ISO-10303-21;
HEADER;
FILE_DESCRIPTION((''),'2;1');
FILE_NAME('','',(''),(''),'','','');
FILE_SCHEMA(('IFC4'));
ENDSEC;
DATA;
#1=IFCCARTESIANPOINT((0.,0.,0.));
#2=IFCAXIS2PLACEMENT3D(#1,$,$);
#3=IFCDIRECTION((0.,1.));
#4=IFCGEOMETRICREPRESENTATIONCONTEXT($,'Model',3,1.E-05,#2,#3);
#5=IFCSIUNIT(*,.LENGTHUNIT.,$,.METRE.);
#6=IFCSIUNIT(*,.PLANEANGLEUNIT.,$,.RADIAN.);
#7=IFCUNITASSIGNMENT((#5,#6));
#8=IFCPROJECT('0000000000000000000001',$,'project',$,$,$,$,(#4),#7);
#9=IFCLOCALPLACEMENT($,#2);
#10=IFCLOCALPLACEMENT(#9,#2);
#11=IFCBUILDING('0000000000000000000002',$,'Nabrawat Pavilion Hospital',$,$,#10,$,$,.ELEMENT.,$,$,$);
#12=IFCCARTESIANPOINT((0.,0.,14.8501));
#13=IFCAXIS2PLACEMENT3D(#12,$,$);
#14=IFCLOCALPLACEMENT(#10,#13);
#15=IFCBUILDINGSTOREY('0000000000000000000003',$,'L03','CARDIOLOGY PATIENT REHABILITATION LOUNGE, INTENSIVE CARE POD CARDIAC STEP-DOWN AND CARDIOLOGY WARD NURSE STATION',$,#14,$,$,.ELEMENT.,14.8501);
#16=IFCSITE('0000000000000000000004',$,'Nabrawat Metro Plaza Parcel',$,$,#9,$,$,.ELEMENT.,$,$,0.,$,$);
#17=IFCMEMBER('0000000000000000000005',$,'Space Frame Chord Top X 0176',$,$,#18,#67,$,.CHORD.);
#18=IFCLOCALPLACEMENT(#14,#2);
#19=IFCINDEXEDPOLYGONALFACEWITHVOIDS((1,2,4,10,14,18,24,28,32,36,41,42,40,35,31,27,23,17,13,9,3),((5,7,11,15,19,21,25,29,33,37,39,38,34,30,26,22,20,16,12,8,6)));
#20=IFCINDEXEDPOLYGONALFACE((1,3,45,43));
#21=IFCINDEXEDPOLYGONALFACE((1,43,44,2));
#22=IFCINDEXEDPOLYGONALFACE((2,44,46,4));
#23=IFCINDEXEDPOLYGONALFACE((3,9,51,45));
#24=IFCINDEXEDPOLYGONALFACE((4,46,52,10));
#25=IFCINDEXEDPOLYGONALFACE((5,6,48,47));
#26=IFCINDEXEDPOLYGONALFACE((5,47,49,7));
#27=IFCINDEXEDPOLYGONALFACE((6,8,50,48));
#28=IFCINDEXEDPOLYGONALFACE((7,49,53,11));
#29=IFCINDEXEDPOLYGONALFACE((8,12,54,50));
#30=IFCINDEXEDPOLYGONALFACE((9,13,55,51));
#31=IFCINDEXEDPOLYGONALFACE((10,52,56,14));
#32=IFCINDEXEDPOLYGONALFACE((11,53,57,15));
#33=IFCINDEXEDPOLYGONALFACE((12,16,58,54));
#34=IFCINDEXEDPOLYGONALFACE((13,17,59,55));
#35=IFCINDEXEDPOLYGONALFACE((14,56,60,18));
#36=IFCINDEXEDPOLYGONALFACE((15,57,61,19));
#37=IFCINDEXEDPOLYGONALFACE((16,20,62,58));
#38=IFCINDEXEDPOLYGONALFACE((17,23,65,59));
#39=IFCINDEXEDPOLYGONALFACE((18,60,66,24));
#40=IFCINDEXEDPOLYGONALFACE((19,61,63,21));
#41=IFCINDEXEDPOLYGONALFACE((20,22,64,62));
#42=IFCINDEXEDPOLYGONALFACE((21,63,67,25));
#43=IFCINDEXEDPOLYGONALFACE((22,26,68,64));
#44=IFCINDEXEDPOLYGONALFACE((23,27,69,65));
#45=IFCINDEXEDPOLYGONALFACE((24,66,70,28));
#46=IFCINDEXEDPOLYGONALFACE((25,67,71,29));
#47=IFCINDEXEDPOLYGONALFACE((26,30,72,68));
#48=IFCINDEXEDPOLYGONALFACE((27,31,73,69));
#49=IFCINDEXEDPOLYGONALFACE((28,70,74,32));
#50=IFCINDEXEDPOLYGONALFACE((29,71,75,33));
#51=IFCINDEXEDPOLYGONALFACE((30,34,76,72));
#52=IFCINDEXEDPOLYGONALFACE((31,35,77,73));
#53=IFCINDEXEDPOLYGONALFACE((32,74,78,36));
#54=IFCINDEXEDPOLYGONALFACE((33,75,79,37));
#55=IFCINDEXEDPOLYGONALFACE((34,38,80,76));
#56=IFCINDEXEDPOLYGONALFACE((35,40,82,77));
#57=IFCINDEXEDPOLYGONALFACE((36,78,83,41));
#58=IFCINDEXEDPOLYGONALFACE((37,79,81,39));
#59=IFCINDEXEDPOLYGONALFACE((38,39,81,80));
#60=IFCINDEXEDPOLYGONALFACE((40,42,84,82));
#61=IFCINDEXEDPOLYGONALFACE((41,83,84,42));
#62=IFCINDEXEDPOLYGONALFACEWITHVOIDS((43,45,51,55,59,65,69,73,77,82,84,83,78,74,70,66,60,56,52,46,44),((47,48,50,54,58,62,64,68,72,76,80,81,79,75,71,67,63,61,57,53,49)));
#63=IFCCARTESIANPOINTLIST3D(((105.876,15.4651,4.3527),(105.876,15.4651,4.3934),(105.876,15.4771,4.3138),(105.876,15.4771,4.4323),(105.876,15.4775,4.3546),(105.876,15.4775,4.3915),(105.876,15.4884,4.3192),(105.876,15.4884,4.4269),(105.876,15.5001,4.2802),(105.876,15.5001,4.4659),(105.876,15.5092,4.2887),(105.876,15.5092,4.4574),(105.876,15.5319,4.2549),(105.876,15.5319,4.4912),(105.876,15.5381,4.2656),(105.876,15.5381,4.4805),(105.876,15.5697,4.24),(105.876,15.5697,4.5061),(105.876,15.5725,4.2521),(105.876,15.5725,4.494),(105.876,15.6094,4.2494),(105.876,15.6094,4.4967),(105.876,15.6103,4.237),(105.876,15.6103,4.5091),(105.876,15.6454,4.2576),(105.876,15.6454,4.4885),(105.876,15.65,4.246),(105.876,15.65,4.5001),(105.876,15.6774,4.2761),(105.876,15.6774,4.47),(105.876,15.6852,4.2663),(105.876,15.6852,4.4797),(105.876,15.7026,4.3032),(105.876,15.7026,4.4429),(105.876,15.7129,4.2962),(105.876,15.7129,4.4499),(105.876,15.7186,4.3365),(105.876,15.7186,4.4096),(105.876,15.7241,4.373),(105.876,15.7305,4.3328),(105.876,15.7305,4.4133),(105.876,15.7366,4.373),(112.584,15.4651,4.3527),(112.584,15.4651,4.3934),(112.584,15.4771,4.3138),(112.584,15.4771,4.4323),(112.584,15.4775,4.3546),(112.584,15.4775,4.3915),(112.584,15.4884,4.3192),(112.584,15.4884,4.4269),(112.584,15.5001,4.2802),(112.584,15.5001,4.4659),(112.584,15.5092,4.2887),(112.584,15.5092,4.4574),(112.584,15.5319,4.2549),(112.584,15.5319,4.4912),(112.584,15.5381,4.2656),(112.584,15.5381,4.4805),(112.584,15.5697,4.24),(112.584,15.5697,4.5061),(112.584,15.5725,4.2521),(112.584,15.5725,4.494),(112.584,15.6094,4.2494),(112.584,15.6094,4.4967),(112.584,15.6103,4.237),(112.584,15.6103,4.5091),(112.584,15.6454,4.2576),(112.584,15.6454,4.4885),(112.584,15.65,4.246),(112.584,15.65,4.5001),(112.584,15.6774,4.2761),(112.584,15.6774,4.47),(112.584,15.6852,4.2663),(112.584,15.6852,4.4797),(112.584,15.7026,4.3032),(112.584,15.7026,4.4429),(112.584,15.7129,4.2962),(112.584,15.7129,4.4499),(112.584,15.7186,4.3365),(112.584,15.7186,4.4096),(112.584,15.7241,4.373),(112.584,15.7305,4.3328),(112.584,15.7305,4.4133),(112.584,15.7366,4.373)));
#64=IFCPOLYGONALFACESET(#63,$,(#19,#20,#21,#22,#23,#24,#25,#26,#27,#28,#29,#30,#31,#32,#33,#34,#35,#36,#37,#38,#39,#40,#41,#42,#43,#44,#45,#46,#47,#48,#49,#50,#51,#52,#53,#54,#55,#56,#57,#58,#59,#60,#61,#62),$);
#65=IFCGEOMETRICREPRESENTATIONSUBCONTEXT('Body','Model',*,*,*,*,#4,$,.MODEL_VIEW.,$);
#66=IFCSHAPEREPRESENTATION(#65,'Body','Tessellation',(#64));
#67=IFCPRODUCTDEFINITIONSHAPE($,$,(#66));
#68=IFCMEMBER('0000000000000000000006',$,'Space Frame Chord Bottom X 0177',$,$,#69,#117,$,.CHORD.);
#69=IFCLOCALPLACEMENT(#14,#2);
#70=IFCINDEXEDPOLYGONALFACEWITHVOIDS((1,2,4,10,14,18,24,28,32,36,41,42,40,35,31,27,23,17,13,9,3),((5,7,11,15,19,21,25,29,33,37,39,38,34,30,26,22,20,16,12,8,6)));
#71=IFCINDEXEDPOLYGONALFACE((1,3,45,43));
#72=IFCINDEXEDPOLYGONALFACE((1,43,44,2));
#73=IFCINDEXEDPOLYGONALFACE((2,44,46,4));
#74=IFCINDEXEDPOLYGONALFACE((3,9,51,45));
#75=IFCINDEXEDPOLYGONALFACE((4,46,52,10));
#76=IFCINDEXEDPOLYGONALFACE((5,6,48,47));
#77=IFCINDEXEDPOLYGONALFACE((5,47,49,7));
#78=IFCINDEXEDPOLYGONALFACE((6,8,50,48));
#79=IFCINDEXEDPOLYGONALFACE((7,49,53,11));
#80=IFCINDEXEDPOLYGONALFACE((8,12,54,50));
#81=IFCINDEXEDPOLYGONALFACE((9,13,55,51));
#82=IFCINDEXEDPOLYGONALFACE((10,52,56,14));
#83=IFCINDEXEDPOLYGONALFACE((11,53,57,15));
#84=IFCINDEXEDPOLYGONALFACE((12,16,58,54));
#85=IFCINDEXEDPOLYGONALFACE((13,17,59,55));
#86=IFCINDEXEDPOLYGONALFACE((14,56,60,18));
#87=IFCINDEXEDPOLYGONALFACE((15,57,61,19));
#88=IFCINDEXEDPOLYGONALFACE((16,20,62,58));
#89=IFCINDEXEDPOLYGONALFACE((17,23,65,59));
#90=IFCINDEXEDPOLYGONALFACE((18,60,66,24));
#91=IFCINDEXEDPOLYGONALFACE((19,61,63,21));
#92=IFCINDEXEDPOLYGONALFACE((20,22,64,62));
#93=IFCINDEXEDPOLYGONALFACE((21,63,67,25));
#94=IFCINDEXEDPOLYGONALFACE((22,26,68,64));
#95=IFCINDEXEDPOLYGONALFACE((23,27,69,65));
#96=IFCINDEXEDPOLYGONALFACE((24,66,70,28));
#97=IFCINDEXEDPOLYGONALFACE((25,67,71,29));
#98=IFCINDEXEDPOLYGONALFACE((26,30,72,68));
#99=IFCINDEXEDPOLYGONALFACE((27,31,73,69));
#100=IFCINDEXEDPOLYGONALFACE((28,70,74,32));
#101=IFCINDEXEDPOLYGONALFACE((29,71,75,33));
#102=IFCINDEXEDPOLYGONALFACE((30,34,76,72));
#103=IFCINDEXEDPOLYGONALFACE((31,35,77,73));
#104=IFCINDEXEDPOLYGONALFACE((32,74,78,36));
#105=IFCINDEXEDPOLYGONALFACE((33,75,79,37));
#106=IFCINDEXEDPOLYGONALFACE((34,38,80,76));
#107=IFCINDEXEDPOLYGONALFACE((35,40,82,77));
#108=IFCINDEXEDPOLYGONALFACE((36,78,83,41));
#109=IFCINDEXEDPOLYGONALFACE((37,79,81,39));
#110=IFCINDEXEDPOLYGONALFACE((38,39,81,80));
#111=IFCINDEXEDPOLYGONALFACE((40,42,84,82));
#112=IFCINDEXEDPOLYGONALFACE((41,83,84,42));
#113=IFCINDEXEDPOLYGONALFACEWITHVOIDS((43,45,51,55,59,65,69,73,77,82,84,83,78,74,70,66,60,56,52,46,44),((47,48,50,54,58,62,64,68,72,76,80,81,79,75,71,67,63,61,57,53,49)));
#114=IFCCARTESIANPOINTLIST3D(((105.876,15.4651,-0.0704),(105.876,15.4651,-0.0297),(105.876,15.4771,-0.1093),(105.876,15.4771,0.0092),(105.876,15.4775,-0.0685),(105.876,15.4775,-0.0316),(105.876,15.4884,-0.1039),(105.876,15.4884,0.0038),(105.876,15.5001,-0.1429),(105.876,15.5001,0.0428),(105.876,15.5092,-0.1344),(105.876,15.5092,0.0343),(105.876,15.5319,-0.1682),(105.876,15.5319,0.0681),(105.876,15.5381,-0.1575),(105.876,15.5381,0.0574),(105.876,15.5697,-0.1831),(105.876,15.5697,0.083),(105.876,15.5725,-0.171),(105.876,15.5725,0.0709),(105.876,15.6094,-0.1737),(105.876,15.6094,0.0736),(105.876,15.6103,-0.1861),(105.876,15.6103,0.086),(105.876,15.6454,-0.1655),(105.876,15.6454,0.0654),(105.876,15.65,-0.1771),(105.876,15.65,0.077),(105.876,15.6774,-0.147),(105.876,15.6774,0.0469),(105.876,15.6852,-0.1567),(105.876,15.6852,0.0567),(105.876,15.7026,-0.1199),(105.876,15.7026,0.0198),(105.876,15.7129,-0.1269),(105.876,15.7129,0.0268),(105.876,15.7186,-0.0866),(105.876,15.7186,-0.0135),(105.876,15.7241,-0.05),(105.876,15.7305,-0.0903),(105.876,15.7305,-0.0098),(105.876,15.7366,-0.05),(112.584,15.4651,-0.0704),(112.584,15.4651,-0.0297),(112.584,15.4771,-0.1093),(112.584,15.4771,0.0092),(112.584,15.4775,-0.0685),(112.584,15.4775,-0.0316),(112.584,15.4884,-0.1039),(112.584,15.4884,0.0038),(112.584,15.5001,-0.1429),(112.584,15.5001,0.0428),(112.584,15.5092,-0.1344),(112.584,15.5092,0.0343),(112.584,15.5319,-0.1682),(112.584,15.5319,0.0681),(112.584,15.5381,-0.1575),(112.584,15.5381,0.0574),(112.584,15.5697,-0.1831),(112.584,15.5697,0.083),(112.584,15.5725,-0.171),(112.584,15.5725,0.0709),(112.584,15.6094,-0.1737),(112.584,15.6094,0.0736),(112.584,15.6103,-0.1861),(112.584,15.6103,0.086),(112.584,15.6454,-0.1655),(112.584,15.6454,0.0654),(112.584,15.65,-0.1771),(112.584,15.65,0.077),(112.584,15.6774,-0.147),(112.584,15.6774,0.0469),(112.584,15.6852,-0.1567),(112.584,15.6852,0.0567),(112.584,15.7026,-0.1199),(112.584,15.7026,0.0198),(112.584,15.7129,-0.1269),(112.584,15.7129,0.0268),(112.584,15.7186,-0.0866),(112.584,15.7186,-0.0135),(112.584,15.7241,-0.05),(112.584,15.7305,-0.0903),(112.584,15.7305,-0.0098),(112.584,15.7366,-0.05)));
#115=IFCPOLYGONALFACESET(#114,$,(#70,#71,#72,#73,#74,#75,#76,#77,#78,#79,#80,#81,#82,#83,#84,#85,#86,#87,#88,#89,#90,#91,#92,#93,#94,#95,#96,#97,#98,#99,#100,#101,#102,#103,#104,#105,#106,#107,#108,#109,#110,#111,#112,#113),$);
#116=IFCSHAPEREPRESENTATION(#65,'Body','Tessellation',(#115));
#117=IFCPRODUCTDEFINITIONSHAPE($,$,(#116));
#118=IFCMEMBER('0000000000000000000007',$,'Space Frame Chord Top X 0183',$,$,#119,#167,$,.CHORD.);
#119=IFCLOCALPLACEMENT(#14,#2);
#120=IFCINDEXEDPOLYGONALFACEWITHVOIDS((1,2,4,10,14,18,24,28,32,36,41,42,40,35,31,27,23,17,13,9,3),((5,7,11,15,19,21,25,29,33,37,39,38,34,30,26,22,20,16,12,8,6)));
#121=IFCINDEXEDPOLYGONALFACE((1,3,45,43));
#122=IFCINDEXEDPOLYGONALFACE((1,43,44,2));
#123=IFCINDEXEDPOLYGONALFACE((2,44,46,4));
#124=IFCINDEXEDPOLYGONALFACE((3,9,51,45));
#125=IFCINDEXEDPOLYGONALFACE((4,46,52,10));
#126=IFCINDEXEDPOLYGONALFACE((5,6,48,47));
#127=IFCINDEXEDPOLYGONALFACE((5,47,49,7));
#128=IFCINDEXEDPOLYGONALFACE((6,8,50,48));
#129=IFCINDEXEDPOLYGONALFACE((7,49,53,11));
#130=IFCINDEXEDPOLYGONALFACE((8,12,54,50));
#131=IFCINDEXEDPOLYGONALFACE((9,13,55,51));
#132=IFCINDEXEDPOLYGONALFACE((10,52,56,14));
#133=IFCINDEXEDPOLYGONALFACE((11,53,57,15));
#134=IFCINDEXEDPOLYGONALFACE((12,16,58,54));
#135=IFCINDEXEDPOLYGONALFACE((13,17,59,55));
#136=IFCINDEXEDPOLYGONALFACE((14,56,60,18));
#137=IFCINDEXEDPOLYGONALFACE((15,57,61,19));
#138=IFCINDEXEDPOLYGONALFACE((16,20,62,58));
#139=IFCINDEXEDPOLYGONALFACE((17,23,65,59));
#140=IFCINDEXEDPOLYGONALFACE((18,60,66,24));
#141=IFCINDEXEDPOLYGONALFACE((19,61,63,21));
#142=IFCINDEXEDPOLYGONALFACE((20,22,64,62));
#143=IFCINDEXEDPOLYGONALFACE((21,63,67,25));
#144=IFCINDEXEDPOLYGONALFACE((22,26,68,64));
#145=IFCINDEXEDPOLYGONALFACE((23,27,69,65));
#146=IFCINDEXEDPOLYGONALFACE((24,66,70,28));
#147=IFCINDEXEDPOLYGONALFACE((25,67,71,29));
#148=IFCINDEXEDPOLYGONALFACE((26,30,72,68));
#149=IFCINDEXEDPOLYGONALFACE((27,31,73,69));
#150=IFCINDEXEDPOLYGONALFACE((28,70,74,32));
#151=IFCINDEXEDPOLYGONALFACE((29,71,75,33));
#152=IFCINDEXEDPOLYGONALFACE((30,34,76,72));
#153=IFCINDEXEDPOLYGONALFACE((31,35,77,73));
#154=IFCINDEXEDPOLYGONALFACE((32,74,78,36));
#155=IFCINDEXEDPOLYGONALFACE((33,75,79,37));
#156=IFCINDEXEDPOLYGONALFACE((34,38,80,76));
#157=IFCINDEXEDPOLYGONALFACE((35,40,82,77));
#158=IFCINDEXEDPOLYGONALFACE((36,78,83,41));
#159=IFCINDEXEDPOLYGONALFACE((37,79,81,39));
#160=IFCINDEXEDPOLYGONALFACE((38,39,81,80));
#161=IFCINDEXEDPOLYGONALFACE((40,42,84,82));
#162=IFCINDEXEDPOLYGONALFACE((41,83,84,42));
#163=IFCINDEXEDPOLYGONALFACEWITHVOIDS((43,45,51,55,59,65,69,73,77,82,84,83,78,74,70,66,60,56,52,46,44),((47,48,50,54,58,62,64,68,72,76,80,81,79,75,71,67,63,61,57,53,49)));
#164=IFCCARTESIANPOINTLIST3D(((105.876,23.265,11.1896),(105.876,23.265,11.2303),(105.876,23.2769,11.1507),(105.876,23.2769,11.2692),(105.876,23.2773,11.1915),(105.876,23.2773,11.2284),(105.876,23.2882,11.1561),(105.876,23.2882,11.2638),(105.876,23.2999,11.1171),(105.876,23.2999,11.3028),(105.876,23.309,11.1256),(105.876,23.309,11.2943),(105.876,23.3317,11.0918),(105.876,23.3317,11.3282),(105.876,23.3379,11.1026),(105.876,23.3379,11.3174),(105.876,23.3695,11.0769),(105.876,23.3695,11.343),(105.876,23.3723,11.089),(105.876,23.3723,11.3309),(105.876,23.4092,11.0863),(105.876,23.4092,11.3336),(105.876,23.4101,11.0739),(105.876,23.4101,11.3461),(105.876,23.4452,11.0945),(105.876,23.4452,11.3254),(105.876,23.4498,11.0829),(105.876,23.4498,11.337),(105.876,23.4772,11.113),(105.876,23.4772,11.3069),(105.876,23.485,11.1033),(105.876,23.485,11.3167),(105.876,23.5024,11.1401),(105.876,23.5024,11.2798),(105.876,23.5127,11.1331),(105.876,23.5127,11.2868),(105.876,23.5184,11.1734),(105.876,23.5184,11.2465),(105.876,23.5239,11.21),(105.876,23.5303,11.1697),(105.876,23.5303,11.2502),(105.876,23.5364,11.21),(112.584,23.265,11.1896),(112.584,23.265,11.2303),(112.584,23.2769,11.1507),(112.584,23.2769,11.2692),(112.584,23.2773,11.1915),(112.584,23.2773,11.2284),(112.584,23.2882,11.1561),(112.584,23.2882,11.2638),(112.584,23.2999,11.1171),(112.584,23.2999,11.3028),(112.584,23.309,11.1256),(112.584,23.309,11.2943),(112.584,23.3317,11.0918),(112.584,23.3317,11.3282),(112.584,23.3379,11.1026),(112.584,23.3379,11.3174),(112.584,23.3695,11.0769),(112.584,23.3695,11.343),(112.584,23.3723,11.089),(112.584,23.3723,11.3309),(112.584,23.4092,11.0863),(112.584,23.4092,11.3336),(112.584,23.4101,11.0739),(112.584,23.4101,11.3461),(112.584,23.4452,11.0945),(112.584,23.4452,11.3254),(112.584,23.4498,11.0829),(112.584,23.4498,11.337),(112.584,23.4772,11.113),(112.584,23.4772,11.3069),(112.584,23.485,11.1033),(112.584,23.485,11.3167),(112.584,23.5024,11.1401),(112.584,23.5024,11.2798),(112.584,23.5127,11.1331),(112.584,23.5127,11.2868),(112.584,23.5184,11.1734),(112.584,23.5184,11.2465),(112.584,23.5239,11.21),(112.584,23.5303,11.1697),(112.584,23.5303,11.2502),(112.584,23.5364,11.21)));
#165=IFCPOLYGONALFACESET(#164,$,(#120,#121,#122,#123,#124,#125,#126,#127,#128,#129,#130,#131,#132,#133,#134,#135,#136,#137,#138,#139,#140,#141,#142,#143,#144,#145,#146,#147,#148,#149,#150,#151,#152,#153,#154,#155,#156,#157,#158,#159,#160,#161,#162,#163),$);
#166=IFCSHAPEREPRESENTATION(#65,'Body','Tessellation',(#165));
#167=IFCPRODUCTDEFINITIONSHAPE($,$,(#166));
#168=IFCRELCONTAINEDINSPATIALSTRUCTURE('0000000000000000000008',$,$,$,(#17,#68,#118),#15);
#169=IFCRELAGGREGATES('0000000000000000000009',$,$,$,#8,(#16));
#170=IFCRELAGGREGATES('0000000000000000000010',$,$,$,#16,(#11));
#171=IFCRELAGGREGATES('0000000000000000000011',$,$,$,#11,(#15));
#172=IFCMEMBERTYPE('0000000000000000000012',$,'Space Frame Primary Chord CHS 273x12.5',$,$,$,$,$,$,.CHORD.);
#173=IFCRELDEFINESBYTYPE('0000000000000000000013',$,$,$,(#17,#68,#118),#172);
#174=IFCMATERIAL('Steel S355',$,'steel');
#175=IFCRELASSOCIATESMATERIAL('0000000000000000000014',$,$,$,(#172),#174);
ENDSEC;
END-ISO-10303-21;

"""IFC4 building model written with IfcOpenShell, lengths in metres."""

from ifc_helpers import new_model, si_unit, direction, frame, origin, origin_2d, place, context, subcontext, project, spatial, hollow_circle, extrude, material, material_profile, profile_set, type_object, element, save


model = new_model("IFC4")

# Units and contexts
model_context = context("Model", 3, precision=1e-05, world=origin(), true_north=direction((0.0, 1.0)))
body_context = subcontext(model_context, "Body", "Model", "MODEL_VIEW")
ifc_project = project(units=[si_unit("LENGTHUNIT", "METRE"), si_unit("PLANEANGLEUNIT", "RADIAN")], contexts=[model_context])

# Site, building, storey
site_placement = place(None, origin())
site = spatial("IfcSite", under=ifc_project, at=site_placement, Name="Nabrawat Metro Plaza Parcel", CompositionType="ELEMENT", RefElevation=0.0)
building_placement = place(site_placement, origin())
building = spatial("IfcBuilding", under=site, at=building_placement, Name="Nabrawat Pavilion Hospital", CompositionType="ELEMENT")
storey_placement = place(building_placement, frame((0.0, 0.0, 14.8501)))
storey = spatial("IfcBuildingStorey", under=building, at=storey_placement, Name="L03", Description="CARDIOLOGY PATIENT REHABILITATION LOUNGE, INTENSIVE CARE POD CARDIAC STEP-DOWN AND CARDIOLOGY WARD NURSE STATION", CompositionType="ELEMENT", Elevation=14.8501)

# Shared definitions
ifc_material = material(Name="Steel S355", Category="steel")

# Members
ifc_material_profile_1 = material_profile(ifc_material, hollow_circle(Radius=0.1365, WallThickness=0.0125, at=origin_2d()), Name="CHS 273x12.5")
ifc_profile_set_1 = profile_set([ifc_material_profile_1], Name="Steel S355")
member_type_1 = type_object("IfcMemberType", Name="Space Frame Primary Chord CHS 273x12.5", PredefinedType="CHORD", material=ifc_profile_set_1)
for number, where, z_axis, x_axis, name in (
    (1, (105.876, 15.6001, 4.373), (1.0, 0.0, 0.0), (0.0, 1.0, 0.0), "Space Frame Chord Top X 0176"),
    (2, (105.876, 15.6001, -0.05), (1.0, 0.0, 0.0), (0.0, 1.0, 0.0), "Space Frame Chord Bottom X 0177"),
    (3, (105.876, 23.3999, 11.21), (1.0, 0.0, 0.0), (0.0, 1.0, 0.0), "Space Frame Chord Top X 0183"),
):
    element("IfcMember", number, at=place(storey_placement, frame(where, z_axis=z_axis, x_axis=x_axis)), inside=storey, type_object=member_type_1, Name=name, PredefinedType="CHORD", context=body_context, shape_type="SweptSolid", body=[
        extrude(hollow_circle(Radius=0.1365, WallThickness=0.0125, at=origin_2d()), origin(), (0.0, 0.0, 1.0), 6.708),
    ])

save(model, "model.ifc")
